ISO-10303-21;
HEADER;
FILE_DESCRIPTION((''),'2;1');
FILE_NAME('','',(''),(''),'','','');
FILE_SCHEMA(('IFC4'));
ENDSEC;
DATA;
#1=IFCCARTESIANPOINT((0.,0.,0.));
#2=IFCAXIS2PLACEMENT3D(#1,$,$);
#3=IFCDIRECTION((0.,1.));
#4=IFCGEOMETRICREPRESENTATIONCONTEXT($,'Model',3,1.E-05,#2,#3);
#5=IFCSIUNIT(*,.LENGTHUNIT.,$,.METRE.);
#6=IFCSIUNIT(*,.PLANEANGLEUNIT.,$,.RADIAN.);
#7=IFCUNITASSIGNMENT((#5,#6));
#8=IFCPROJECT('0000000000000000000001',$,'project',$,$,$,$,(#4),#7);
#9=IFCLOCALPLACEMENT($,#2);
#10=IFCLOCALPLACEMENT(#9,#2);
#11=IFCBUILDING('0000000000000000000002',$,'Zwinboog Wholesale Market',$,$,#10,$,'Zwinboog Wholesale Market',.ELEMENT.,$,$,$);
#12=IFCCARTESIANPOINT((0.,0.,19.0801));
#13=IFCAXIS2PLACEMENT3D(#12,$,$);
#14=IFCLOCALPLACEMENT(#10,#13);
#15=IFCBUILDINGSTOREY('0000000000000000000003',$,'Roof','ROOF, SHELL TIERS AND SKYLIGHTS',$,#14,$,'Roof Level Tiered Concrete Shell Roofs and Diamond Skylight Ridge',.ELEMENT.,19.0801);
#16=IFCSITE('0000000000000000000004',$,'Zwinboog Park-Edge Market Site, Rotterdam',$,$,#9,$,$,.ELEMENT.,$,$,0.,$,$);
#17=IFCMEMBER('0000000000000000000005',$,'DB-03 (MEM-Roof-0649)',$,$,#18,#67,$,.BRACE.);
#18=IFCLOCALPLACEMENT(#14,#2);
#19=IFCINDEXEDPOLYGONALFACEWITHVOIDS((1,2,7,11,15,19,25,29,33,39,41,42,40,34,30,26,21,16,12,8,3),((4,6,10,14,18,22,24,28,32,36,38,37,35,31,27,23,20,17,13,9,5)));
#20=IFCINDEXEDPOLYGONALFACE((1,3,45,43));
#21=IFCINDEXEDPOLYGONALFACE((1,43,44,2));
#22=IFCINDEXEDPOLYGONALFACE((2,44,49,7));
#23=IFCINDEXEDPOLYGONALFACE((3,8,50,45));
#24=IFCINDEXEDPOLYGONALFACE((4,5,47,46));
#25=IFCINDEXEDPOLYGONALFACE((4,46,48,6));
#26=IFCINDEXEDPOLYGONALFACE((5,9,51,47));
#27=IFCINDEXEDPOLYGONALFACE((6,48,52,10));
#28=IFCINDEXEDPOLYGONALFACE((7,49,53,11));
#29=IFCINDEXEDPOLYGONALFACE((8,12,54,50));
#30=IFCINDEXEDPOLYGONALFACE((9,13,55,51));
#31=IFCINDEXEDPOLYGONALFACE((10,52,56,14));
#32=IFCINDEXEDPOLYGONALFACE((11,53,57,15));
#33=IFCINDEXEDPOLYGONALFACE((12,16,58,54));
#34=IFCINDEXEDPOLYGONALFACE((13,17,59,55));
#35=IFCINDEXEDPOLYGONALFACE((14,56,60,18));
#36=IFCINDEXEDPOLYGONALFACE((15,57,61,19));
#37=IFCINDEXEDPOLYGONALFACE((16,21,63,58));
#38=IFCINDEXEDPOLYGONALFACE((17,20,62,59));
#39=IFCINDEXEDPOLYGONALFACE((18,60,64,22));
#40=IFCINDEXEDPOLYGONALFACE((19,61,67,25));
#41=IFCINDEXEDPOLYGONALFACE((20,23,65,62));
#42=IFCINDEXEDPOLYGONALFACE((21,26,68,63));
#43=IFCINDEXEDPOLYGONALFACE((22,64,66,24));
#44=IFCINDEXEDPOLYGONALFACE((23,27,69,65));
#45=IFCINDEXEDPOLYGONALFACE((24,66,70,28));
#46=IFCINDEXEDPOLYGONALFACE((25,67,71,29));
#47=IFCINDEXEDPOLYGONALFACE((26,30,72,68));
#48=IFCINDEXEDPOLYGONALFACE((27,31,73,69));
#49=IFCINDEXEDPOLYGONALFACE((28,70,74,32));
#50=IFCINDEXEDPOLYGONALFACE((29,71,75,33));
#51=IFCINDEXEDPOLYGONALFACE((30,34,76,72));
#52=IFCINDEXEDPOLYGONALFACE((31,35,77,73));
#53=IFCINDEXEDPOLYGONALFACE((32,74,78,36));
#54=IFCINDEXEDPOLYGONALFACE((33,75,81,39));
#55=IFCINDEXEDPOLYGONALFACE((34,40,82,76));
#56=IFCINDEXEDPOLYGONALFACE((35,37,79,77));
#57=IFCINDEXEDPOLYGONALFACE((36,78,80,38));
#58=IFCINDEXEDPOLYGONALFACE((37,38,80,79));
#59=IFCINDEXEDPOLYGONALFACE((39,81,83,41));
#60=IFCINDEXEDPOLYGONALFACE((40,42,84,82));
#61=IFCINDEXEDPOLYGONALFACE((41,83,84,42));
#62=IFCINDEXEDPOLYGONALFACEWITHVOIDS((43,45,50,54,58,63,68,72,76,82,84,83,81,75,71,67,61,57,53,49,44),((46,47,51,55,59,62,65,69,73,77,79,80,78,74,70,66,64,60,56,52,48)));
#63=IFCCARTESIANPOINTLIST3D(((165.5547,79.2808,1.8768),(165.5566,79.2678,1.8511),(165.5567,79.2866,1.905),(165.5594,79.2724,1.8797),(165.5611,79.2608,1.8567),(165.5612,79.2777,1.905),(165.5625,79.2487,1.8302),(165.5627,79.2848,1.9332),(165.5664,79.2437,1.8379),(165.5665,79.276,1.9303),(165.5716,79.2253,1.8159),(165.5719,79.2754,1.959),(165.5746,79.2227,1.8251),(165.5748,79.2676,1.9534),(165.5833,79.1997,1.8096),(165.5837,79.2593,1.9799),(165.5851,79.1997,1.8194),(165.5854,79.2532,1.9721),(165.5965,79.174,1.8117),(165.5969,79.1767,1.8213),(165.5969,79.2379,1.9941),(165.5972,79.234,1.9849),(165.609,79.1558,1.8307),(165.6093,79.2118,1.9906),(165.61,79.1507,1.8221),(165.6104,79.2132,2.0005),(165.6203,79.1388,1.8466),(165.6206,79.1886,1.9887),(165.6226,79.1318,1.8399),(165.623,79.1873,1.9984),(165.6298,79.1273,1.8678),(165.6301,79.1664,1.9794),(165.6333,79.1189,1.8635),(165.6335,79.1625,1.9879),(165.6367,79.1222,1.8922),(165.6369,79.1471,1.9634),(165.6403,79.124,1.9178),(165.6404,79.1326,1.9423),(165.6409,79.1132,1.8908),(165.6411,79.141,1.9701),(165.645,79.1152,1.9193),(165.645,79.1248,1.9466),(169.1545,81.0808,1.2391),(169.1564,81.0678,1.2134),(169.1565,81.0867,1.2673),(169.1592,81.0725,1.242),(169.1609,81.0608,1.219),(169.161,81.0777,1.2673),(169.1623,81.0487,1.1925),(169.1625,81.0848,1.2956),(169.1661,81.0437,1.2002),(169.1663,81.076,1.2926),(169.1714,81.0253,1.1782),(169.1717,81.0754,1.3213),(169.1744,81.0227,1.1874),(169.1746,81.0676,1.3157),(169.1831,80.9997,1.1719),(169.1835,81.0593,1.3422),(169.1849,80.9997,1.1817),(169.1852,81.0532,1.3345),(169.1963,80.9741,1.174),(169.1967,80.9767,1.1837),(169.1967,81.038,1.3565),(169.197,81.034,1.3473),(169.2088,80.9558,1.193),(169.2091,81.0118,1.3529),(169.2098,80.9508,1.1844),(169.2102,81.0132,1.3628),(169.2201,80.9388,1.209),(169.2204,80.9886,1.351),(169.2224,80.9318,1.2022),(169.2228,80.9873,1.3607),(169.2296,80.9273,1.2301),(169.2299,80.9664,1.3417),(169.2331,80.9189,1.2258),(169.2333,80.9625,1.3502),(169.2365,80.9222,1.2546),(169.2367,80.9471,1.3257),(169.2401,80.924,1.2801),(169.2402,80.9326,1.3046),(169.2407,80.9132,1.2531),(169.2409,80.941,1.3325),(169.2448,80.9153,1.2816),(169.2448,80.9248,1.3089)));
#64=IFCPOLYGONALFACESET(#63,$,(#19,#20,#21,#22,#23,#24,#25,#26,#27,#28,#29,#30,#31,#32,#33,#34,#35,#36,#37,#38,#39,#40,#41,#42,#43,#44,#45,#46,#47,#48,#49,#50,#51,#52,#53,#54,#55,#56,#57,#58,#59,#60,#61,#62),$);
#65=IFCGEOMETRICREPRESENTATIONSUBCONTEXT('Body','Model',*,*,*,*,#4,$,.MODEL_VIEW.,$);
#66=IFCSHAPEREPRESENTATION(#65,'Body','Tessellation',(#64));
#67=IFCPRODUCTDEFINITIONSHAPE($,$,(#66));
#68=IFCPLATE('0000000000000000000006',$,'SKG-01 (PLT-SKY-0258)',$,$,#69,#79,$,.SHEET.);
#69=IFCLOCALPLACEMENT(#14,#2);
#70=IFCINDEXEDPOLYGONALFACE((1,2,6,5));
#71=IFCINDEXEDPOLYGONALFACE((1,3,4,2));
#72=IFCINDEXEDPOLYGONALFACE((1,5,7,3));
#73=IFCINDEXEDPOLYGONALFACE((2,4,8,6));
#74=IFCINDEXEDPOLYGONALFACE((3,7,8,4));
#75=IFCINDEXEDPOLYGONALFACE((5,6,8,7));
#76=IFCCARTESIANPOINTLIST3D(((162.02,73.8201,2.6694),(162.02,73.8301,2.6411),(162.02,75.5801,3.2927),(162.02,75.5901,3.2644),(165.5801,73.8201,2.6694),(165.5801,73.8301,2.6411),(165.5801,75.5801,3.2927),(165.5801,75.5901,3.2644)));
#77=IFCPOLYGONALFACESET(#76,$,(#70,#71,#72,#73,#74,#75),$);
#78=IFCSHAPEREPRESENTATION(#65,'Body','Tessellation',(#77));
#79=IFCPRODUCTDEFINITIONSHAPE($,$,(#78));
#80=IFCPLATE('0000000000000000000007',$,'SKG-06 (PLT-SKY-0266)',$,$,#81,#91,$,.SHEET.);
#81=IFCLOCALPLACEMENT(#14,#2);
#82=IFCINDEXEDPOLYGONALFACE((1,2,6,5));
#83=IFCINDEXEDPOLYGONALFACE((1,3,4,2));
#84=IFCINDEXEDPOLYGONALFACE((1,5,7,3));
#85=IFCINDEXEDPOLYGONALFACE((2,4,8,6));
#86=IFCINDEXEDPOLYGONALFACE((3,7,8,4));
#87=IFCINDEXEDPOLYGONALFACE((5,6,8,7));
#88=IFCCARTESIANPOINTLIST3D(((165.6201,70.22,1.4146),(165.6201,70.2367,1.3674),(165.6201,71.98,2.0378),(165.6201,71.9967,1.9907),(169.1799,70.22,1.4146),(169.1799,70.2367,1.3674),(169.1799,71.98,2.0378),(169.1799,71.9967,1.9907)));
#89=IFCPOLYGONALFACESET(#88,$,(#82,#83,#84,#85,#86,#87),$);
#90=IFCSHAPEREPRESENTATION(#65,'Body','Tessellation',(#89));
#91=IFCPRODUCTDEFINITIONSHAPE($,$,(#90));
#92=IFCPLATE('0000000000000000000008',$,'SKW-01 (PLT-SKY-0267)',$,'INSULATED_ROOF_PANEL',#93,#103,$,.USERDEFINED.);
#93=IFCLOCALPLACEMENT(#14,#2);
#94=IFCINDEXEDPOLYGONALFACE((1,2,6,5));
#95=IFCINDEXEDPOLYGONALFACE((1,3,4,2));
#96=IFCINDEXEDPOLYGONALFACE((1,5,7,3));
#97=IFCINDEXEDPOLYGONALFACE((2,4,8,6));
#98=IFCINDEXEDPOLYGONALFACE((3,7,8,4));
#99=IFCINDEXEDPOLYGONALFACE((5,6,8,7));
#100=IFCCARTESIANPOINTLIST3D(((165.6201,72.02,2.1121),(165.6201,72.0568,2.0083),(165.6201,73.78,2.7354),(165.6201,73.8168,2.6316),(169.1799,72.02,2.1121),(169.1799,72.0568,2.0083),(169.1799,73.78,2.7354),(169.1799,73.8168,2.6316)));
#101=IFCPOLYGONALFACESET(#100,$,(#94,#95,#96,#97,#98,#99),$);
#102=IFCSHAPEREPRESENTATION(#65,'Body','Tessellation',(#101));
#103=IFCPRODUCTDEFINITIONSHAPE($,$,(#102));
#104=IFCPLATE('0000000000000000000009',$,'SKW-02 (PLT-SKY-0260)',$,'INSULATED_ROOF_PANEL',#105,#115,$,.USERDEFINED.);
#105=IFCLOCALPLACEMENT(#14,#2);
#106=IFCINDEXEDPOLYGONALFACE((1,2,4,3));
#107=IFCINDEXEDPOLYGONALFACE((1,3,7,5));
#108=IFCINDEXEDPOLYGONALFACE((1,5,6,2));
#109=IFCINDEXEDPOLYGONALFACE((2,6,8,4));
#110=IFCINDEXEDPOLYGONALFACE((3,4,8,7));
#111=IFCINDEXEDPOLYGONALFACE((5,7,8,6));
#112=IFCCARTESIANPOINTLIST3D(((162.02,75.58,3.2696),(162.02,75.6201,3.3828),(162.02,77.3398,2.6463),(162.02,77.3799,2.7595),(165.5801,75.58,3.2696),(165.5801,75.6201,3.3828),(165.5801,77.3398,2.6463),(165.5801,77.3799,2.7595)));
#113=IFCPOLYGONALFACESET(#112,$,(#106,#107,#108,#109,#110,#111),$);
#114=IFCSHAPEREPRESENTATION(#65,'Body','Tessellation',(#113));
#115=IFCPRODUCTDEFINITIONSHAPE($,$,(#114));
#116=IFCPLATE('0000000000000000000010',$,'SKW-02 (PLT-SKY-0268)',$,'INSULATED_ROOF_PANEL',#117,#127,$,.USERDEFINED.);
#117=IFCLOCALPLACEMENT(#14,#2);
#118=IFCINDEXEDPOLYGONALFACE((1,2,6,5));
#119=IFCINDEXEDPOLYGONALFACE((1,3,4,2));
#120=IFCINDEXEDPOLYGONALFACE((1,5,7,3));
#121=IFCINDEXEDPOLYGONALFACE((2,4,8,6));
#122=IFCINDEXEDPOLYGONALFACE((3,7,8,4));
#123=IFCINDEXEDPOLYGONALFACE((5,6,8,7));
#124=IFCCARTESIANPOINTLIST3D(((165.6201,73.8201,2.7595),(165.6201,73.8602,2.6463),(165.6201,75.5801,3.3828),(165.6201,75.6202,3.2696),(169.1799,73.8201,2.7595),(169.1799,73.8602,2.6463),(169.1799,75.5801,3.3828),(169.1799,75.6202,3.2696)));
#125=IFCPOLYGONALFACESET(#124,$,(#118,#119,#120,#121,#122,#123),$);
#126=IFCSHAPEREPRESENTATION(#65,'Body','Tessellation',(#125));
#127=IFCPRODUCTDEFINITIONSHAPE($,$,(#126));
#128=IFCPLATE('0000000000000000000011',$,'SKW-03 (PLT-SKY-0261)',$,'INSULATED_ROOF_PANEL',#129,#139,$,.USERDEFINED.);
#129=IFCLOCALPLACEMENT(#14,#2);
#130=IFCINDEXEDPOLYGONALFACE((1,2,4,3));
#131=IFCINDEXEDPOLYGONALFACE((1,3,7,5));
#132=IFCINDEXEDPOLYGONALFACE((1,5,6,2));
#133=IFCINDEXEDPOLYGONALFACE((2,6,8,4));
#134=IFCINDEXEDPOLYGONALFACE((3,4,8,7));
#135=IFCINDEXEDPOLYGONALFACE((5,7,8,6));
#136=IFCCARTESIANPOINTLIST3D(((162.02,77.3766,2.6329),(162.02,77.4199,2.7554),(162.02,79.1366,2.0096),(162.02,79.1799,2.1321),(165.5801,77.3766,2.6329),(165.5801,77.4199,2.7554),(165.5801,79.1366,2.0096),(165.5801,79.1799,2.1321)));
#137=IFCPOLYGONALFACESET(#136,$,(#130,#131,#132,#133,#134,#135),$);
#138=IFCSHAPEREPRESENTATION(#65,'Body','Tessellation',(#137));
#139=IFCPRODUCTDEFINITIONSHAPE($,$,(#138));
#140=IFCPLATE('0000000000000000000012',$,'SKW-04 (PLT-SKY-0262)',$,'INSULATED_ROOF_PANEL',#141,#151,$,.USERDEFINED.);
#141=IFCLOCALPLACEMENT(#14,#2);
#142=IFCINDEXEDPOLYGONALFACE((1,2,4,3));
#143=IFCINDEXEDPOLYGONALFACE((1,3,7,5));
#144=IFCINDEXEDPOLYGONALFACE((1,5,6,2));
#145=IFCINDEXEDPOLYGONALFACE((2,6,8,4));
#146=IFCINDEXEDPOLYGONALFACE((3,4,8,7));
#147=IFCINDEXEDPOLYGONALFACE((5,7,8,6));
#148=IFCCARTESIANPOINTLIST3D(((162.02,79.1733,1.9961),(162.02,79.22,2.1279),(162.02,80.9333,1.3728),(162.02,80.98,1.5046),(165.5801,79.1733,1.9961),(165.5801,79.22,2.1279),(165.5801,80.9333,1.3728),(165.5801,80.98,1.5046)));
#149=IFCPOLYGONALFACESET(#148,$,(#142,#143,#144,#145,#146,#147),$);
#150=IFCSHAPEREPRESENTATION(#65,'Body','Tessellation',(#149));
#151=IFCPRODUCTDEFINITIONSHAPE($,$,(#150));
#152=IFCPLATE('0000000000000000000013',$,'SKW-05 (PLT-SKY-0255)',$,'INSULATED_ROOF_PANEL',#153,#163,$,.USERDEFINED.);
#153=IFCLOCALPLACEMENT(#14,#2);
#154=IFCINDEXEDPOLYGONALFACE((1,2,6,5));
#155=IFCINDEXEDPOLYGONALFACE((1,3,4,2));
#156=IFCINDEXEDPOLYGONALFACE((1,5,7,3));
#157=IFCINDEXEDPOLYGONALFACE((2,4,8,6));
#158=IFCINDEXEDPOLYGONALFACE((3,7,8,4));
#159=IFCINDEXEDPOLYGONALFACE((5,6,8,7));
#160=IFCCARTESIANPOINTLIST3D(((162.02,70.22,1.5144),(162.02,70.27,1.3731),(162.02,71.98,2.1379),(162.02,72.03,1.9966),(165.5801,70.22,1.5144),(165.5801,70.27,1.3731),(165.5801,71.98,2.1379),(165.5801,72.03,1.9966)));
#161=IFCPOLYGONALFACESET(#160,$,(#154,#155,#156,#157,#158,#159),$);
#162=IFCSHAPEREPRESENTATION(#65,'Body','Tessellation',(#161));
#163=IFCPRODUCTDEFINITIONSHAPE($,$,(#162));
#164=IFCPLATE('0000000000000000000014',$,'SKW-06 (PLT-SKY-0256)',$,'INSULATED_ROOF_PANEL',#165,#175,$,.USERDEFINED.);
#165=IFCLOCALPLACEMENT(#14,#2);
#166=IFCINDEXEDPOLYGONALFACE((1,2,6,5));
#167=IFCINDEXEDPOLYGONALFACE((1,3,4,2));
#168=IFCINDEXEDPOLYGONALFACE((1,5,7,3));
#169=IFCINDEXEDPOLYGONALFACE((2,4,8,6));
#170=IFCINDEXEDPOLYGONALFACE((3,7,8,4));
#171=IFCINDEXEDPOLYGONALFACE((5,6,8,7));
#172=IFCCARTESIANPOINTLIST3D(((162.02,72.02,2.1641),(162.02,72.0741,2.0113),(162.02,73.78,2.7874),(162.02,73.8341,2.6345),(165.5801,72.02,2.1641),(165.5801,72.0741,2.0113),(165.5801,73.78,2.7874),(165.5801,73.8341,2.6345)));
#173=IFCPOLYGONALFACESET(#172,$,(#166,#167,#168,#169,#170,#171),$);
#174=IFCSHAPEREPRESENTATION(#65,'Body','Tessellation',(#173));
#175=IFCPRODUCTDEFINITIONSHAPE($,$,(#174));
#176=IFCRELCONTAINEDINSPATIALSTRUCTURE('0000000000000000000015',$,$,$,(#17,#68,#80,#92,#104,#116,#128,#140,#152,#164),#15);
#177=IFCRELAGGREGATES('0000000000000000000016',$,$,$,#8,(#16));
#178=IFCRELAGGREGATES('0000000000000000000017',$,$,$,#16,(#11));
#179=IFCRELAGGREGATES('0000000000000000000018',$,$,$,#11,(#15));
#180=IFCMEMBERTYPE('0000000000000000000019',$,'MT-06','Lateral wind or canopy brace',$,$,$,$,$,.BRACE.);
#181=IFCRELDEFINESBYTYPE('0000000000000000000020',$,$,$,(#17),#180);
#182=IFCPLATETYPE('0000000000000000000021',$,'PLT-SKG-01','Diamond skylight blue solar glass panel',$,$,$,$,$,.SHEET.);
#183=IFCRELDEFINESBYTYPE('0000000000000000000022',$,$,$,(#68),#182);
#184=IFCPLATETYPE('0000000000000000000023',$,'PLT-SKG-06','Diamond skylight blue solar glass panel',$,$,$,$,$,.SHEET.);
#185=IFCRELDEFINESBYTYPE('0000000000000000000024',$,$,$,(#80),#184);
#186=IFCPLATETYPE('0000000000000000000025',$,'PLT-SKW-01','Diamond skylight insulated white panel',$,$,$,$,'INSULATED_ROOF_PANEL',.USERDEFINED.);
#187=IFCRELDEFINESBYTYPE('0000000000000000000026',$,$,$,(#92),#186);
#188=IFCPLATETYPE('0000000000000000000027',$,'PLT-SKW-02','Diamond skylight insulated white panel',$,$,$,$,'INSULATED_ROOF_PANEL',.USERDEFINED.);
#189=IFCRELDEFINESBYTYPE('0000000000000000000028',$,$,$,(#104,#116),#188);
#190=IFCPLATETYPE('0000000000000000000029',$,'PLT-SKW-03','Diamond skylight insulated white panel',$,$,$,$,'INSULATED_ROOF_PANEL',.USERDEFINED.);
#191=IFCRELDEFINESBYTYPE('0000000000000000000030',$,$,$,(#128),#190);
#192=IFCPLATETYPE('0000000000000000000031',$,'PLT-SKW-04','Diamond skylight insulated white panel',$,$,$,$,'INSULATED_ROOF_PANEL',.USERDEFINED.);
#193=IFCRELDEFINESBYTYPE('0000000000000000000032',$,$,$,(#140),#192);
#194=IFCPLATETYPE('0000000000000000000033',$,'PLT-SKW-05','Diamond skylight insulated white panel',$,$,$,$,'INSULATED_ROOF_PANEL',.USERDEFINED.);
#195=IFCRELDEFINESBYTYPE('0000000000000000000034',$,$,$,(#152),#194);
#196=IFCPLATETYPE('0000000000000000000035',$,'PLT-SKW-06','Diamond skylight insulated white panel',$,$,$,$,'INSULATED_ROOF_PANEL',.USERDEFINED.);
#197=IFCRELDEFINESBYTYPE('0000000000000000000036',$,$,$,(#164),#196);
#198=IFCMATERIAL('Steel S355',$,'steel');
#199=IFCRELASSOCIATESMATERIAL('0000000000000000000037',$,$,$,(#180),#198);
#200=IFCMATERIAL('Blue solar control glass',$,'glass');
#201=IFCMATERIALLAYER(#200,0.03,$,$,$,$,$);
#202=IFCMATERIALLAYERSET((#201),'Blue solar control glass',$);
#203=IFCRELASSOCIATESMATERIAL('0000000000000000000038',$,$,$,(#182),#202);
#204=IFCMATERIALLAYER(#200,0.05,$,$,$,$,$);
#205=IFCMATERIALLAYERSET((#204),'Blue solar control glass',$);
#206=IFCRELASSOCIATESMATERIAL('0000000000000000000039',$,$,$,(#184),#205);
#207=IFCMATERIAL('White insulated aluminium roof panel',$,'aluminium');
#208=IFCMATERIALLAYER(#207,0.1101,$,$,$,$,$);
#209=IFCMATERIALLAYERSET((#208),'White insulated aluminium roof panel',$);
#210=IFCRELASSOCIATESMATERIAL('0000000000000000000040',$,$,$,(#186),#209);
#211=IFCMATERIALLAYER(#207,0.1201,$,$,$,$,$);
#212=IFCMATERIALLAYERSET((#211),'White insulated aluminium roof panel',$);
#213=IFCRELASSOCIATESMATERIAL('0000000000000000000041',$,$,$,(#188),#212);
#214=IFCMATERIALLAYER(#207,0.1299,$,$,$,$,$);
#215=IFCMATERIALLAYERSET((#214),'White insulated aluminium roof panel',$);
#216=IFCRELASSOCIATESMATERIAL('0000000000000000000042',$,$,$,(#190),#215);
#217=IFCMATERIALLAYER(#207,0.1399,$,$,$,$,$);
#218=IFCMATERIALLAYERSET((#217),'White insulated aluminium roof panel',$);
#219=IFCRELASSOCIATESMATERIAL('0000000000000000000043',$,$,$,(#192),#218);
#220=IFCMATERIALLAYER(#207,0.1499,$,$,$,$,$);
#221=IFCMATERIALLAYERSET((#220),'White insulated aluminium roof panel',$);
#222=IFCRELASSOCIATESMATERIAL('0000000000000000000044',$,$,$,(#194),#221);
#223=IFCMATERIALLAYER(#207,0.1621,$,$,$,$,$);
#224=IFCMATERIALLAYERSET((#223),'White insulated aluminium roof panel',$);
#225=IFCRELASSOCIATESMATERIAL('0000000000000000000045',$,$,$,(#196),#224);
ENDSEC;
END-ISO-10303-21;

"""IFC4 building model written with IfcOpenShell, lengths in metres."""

from ifc_helpers import new_model, si_unit, direction, frame, origin, origin_2d, place, context, subcontext, project, spatial, polyline, hollow_circle, outline, extrude, material, layer, layer_set, material_profile, profile_set, type_object, element, save


model = new_model("IFC4")

# Units and contexts
model_context = context("Model", 3, precision=1e-05, world=origin(), true_north=direction((0.0, 1.0)))
body_context = subcontext(model_context, "Body", "Model", "MODEL_VIEW")
ifc_project = project(units=[si_unit("LENGTHUNIT", "METRE"), si_unit("PLANEANGLEUNIT", "RADIAN")], contexts=[model_context])

# Site, building, storey
site_placement = place(None, origin())
site = spatial("IfcSite", under=ifc_project, at=site_placement, Name="Zwinboog Park-Edge Market Site, Rotterdam", CompositionType="ELEMENT", RefElevation=0.0)
building_placement = place(site_placement, origin())
building = spatial("IfcBuilding", under=site, at=building_placement, Name="Zwinboog Wholesale Market", LongName="Zwinboog Wholesale Market", CompositionType="ELEMENT")
storey_placement = place(building_placement, frame((0.0, 0.0, 19.0801)))
storey = spatial("IfcBuildingStorey", under=building, at=storey_placement, Name="Roof", Description="ROOF, SHELL TIERS AND SKYLIGHTS", LongName="Roof Level Tiered Concrete Shell Roofs and Diamond Skylight Ridge", CompositionType="ELEMENT", Elevation=19.0801)

# Member
ifc_material_1 = material(Name="Steel S355", Category="steel")
ifc_material_profile_1 = material_profile(ifc_material_1, hollow_circle(Radius=0.0969, WallThickness=0.01, at=origin_2d()), Name="CHS 193.7x10")
ifc_profile_set_1 = profile_set([ifc_material_profile_1], Name="Steel S355")
member_type_1 = type_object("IfcMemberType", Name="MT-06", Description="Lateral wind or canopy brace", PredefinedType="BRACE", material=ifc_profile_set_1)
for number, where, z_axis, x_axis, name in (
    (1, (165.6001, 79.2, 1.905), (0.883396, 0.441728, -0.156489), (-0.447238, 0.894415, 0.0), "DB-03 (MEM-Roof-0649)"),
):
    element("IfcMember", number, at=place(storey_placement, frame(where, z_axis=z_axis, x_axis=x_axis)), inside=storey, type_object=member_type_1, Name=name, PredefinedType="BRACE", context=body_context, shape_type="SweptSolid", body=[
        extrude(hollow_circle(Radius=0.0969, WallThickness=0.01, at=origin_2d()), origin(), (0.0, 0.0, 1.0), 4.075),
    ])

# Plates
ifc_material_2 = material(Name="Blue solar control glass", Category="glass")
ifc_layer_1 = layer(ifc_material_2, 0.03)
ifc_layer_set_1 = layer_set([ifc_layer_1], Name="Blue solar control glass")
plate_type_1 = type_object("IfcPlateType", Name="PLT-SKG-01", Description="Diamond skylight blue solar glass panel", PredefinedType="SHEET", material=ifc_layer_set_1)
plate_1_placement = place(storey_placement, frame((162.02, 73.8201, 2.6694), z_axis=(0.0, -0.333825, 0.942635), x_axis=(1.0, 0.0, 0.0)))
element("IfcPlate", 2, at=plate_1_placement, inside=storey, type_object=plate_type_1, Name="SKG-01 (PLT-SKY-0258)", PredefinedType="SHEET", context=body_context, shape_type="SweptSolid", body=[
    extrude(outline(polyline([(0.0, 0.0), (3.5601, 0.0), (3.5601, 1.8671), (0.0, 1.8671), (0.0, 0.0)])), origin(), (0.0, 0.0, -1.0), 0.03),
])
ifc_layer_2 = layer(ifc_material_2, 0.05)
ifc_layer_set_2 = layer_set([ifc_layer_2], Name="Blue solar control glass")
plate_type_2 = type_object("IfcPlateType", Name="PLT-SKG-06", Description="Diamond skylight blue solar glass panel", PredefinedType="SHEET", material=ifc_layer_set_2)
plate_2_placement = place(storey_placement, frame((165.6201, 70.22, 1.4146), z_axis=(0.0, -0.333825, 0.942635), x_axis=(1.0, 0.0, 0.0)))
element("IfcPlate", 3, at=plate_2_placement, inside=storey, type_object=plate_type_2, Name="SKG-06 (PLT-SKY-0266)", PredefinedType="SHEET", context=body_context, shape_type="SweptSolid", body=[
    extrude(outline(polyline([(0.0, 0.0), (3.5598, 0.0), (3.5598, 1.8671), (0.0, 1.8671), (0.0, 0.0)])), origin(), (0.0, 0.0, -1.0), 0.05),
])
ifc_material_3 = material(Name="White insulated aluminium roof panel", Category="aluminium")
ifc_layer_3 = layer(ifc_material_3, 0.1101)
ifc_layer_set_3 = layer_set([ifc_layer_3], Name="White insulated aluminium roof panel")
plate_type_3 = type_object("IfcPlateType", Name="PLT-SKW-01", Description="Diamond skylight insulated white panel", ElementType="INSULATED_ROOF_PANEL", PredefinedType="USERDEFINED", material=ifc_layer_set_3)
plate_3_placement = place(storey_placement, frame((165.6201, 72.02, 2.1121), z_axis=(0.0, -0.333825, 0.942635), x_axis=(1.0, 0.0, 0.0)))
element("IfcPlate", 4, at=plate_3_placement, inside=storey, type_object=plate_type_3, Name="SKW-01 (PLT-SKY-0267)", ObjectType="INSULATED_ROOF_PANEL", PredefinedType="USERDEFINED", context=body_context, shape_type="SweptSolid", body=[
    extrude(outline(polyline([(0.0, 0.0), (3.5598, 0.0), (3.5598, 1.8671), (0.0, 1.8671), (0.0, 0.0)])), origin(), (0.0, 0.0, -1.0), 0.1101),
])
ifc_layer_4 = layer(ifc_material_3, 0.1201)
ifc_layer_set_4 = layer_set([ifc_layer_4], Name="White insulated aluminium roof panel")
plate_type_4 = type_object("IfcPlateType", Name="PLT-SKW-02", Description="Diamond skylight insulated white panel", ElementType="INSULATED_ROOF_PANEL", PredefinedType="USERDEFINED", material=ifc_layer_set_4)
plate_4_placement = place(storey_placement, frame((162.02, 75.6201, 3.3828), z_axis=(0.0, 0.333867, 0.94262), x_axis=(1.0, 0.0, 0.0)))
element("IfcPlate", 5, at=plate_4_placement, inside=storey, type_object=plate_type_4, Name="SKW-02 (PLT-SKY-0260)", ObjectType="INSULATED_ROOF_PANEL", PredefinedType="USERDEFINED", context=body_context, shape_type="SweptSolid", body=[
    extrude(outline(polyline([(0.0, 0.0), (3.5601, 0.0), (3.5601, 1.8669), (0.0, 1.8669), (0.0, 0.0)])), origin(), (0.0, 0.0, -1.0), 0.1201),
])
plate_5_placement = place(storey_placement, frame((165.6201, 73.8201, 2.7595), z_axis=(0.0, -0.333825, 0.942635), x_axis=(1.0, 0.0, 0.0)))
element("IfcPlate", 6, at=plate_5_placement, inside=storey, type_object=plate_type_4, Name="SKW-02 (PLT-SKY-0268)", ObjectType="INSULATED_ROOF_PANEL", PredefinedType="USERDEFINED", context=body_context, shape_type="SweptSolid", body=[
    extrude(outline(polyline([(0.0, 0.0), (3.5598, 0.0), (3.5598, 1.8671), (0.0, 1.8671), (0.0, 0.0)])), origin(), (0.0, 0.0, -1.0), 0.1201),
])
ifc_layer_5 = layer(ifc_material_3, 0.1299)
ifc_layer_set_5 = layer_set([ifc_layer_5], Name="White insulated aluminium roof panel")
plate_type_5 = type_object("IfcPlateType", Name="PLT-SKW-03", Description="Diamond skylight insulated white panel", ElementType="INSULATED_ROOF_PANEL", PredefinedType="USERDEFINED", material=ifc_layer_set_5)
plate_6_placement = place(storey_placement, frame((162.02, 77.4199, 2.7554), z_axis=(0.0, 0.333825, 0.942635), x_axis=(1.0, 0.0, 0.0)))
element("IfcPlate", 7, at=plate_6_placement, inside=storey, type_object=plate_type_5, Name="SKW-03 (PLT-SKY-0261)", ObjectType="INSULATED_ROOF_PANEL", PredefinedType="USERDEFINED", context=body_context, shape_type="SweptSolid", body=[
    extrude(outline(polyline([(0.0, 0.0), (3.5601, 0.0), (3.5601, 1.8671), (0.0, 1.8671), (0.0, 0.0)])), origin(), (0.0, 0.0, -1.0), 0.1299),
])
ifc_layer_6 = layer(ifc_material_3, 0.1399)
ifc_layer_set_6 = layer_set([ifc_layer_6], Name="White insulated aluminium roof panel")
plate_type_6 = type_object("IfcPlateType", Name="PLT-SKW-04", Description="Diamond skylight insulated white panel", ElementType="INSULATED_ROOF_PANEL", PredefinedType="USERDEFINED", material=ifc_layer_set_6)
plate_7_placement = place(storey_placement, frame((162.02, 79.22, 2.1279), z_axis=(0.0, 0.333825, 0.942635), x_axis=(1.0, 0.0, 0.0)))
element("IfcPlate", 8, at=plate_7_placement, inside=storey, type_object=plate_type_6, Name="SKW-04 (PLT-SKY-0262)", ObjectType="INSULATED_ROOF_PANEL", PredefinedType="USERDEFINED", context=body_context, shape_type="SweptSolid", body=[
    extrude(outline(polyline([(0.0, 0.0), (3.5601, 0.0), (3.5601, 1.8671), (0.0, 1.8671), (0.0, 0.0)])), origin(), (0.0, 0.0, -1.0), 0.1399),
])
ifc_layer_7 = layer(ifc_material_3, 0.1499)
ifc_layer_set_7 = layer_set([ifc_layer_7], Name="White insulated aluminium roof panel")
plate_type_7 = type_object("IfcPlateType", Name="PLT-SKW-05", Description="Diamond skylight insulated white panel", ElementType="INSULATED_ROOF_PANEL", PredefinedType="USERDEFINED", material=ifc_layer_set_7)
plate_8_placement = place(storey_placement, frame((162.02, 70.22, 1.5144), z_axis=(0.0, -0.333942, 0.942594), x_axis=(1.0, 0.0, 0.0)))
element("IfcPlate", 9, at=plate_8_placement, inside=storey, type_object=plate_type_7, Name="SKW-05 (PLT-SKY-0255)", ObjectType="INSULATED_ROOF_PANEL", PredefinedType="USERDEFINED", context=body_context, shape_type="SweptSolid", body=[
    extrude(outline(polyline([(0.0, 0.0), (3.5601, 0.0), (3.5601, 1.8672), (0.0, 1.8672), (0.0, 0.0)])), origin(), (0.0, 0.0, -1.0), 0.1499),
])
ifc_layer_8 = layer(ifc_material_3, 0.1621)
ifc_layer_set_8 = layer_set([ifc_layer_8], Name="White insulated aluminium roof panel")
plate_type_8 = type_object("IfcPlateType", Name="PLT-SKW-06", Description="Diamond skylight insulated white panel", ElementType="INSULATED_ROOF_PANEL", PredefinedType="USERDEFINED", material=ifc_layer_set_8)
plate_9_placement = place(storey_placement, frame((162.02, 72.02, 2.1641), z_axis=(0.0, -0.333825, 0.942635), x_axis=(1.0, 0.0, 0.0)))
element("IfcPlate", 10, at=plate_9_placement, inside=storey, type_object=plate_type_8, Name="SKW-06 (PLT-SKY-0256)", ObjectType="INSULATED_ROOF_PANEL", PredefinedType="USERDEFINED", context=body_context, shape_type="SweptSolid", body=[
    extrude(outline(polyline([(0.0, 0.0), (3.5601, 0.0), (3.5601, 1.8671), (0.0, 1.8671), (0.0, 0.0)])), origin(), (0.0, 0.0, -1.0), 0.1621),
])

save(model, "model.ifc")
